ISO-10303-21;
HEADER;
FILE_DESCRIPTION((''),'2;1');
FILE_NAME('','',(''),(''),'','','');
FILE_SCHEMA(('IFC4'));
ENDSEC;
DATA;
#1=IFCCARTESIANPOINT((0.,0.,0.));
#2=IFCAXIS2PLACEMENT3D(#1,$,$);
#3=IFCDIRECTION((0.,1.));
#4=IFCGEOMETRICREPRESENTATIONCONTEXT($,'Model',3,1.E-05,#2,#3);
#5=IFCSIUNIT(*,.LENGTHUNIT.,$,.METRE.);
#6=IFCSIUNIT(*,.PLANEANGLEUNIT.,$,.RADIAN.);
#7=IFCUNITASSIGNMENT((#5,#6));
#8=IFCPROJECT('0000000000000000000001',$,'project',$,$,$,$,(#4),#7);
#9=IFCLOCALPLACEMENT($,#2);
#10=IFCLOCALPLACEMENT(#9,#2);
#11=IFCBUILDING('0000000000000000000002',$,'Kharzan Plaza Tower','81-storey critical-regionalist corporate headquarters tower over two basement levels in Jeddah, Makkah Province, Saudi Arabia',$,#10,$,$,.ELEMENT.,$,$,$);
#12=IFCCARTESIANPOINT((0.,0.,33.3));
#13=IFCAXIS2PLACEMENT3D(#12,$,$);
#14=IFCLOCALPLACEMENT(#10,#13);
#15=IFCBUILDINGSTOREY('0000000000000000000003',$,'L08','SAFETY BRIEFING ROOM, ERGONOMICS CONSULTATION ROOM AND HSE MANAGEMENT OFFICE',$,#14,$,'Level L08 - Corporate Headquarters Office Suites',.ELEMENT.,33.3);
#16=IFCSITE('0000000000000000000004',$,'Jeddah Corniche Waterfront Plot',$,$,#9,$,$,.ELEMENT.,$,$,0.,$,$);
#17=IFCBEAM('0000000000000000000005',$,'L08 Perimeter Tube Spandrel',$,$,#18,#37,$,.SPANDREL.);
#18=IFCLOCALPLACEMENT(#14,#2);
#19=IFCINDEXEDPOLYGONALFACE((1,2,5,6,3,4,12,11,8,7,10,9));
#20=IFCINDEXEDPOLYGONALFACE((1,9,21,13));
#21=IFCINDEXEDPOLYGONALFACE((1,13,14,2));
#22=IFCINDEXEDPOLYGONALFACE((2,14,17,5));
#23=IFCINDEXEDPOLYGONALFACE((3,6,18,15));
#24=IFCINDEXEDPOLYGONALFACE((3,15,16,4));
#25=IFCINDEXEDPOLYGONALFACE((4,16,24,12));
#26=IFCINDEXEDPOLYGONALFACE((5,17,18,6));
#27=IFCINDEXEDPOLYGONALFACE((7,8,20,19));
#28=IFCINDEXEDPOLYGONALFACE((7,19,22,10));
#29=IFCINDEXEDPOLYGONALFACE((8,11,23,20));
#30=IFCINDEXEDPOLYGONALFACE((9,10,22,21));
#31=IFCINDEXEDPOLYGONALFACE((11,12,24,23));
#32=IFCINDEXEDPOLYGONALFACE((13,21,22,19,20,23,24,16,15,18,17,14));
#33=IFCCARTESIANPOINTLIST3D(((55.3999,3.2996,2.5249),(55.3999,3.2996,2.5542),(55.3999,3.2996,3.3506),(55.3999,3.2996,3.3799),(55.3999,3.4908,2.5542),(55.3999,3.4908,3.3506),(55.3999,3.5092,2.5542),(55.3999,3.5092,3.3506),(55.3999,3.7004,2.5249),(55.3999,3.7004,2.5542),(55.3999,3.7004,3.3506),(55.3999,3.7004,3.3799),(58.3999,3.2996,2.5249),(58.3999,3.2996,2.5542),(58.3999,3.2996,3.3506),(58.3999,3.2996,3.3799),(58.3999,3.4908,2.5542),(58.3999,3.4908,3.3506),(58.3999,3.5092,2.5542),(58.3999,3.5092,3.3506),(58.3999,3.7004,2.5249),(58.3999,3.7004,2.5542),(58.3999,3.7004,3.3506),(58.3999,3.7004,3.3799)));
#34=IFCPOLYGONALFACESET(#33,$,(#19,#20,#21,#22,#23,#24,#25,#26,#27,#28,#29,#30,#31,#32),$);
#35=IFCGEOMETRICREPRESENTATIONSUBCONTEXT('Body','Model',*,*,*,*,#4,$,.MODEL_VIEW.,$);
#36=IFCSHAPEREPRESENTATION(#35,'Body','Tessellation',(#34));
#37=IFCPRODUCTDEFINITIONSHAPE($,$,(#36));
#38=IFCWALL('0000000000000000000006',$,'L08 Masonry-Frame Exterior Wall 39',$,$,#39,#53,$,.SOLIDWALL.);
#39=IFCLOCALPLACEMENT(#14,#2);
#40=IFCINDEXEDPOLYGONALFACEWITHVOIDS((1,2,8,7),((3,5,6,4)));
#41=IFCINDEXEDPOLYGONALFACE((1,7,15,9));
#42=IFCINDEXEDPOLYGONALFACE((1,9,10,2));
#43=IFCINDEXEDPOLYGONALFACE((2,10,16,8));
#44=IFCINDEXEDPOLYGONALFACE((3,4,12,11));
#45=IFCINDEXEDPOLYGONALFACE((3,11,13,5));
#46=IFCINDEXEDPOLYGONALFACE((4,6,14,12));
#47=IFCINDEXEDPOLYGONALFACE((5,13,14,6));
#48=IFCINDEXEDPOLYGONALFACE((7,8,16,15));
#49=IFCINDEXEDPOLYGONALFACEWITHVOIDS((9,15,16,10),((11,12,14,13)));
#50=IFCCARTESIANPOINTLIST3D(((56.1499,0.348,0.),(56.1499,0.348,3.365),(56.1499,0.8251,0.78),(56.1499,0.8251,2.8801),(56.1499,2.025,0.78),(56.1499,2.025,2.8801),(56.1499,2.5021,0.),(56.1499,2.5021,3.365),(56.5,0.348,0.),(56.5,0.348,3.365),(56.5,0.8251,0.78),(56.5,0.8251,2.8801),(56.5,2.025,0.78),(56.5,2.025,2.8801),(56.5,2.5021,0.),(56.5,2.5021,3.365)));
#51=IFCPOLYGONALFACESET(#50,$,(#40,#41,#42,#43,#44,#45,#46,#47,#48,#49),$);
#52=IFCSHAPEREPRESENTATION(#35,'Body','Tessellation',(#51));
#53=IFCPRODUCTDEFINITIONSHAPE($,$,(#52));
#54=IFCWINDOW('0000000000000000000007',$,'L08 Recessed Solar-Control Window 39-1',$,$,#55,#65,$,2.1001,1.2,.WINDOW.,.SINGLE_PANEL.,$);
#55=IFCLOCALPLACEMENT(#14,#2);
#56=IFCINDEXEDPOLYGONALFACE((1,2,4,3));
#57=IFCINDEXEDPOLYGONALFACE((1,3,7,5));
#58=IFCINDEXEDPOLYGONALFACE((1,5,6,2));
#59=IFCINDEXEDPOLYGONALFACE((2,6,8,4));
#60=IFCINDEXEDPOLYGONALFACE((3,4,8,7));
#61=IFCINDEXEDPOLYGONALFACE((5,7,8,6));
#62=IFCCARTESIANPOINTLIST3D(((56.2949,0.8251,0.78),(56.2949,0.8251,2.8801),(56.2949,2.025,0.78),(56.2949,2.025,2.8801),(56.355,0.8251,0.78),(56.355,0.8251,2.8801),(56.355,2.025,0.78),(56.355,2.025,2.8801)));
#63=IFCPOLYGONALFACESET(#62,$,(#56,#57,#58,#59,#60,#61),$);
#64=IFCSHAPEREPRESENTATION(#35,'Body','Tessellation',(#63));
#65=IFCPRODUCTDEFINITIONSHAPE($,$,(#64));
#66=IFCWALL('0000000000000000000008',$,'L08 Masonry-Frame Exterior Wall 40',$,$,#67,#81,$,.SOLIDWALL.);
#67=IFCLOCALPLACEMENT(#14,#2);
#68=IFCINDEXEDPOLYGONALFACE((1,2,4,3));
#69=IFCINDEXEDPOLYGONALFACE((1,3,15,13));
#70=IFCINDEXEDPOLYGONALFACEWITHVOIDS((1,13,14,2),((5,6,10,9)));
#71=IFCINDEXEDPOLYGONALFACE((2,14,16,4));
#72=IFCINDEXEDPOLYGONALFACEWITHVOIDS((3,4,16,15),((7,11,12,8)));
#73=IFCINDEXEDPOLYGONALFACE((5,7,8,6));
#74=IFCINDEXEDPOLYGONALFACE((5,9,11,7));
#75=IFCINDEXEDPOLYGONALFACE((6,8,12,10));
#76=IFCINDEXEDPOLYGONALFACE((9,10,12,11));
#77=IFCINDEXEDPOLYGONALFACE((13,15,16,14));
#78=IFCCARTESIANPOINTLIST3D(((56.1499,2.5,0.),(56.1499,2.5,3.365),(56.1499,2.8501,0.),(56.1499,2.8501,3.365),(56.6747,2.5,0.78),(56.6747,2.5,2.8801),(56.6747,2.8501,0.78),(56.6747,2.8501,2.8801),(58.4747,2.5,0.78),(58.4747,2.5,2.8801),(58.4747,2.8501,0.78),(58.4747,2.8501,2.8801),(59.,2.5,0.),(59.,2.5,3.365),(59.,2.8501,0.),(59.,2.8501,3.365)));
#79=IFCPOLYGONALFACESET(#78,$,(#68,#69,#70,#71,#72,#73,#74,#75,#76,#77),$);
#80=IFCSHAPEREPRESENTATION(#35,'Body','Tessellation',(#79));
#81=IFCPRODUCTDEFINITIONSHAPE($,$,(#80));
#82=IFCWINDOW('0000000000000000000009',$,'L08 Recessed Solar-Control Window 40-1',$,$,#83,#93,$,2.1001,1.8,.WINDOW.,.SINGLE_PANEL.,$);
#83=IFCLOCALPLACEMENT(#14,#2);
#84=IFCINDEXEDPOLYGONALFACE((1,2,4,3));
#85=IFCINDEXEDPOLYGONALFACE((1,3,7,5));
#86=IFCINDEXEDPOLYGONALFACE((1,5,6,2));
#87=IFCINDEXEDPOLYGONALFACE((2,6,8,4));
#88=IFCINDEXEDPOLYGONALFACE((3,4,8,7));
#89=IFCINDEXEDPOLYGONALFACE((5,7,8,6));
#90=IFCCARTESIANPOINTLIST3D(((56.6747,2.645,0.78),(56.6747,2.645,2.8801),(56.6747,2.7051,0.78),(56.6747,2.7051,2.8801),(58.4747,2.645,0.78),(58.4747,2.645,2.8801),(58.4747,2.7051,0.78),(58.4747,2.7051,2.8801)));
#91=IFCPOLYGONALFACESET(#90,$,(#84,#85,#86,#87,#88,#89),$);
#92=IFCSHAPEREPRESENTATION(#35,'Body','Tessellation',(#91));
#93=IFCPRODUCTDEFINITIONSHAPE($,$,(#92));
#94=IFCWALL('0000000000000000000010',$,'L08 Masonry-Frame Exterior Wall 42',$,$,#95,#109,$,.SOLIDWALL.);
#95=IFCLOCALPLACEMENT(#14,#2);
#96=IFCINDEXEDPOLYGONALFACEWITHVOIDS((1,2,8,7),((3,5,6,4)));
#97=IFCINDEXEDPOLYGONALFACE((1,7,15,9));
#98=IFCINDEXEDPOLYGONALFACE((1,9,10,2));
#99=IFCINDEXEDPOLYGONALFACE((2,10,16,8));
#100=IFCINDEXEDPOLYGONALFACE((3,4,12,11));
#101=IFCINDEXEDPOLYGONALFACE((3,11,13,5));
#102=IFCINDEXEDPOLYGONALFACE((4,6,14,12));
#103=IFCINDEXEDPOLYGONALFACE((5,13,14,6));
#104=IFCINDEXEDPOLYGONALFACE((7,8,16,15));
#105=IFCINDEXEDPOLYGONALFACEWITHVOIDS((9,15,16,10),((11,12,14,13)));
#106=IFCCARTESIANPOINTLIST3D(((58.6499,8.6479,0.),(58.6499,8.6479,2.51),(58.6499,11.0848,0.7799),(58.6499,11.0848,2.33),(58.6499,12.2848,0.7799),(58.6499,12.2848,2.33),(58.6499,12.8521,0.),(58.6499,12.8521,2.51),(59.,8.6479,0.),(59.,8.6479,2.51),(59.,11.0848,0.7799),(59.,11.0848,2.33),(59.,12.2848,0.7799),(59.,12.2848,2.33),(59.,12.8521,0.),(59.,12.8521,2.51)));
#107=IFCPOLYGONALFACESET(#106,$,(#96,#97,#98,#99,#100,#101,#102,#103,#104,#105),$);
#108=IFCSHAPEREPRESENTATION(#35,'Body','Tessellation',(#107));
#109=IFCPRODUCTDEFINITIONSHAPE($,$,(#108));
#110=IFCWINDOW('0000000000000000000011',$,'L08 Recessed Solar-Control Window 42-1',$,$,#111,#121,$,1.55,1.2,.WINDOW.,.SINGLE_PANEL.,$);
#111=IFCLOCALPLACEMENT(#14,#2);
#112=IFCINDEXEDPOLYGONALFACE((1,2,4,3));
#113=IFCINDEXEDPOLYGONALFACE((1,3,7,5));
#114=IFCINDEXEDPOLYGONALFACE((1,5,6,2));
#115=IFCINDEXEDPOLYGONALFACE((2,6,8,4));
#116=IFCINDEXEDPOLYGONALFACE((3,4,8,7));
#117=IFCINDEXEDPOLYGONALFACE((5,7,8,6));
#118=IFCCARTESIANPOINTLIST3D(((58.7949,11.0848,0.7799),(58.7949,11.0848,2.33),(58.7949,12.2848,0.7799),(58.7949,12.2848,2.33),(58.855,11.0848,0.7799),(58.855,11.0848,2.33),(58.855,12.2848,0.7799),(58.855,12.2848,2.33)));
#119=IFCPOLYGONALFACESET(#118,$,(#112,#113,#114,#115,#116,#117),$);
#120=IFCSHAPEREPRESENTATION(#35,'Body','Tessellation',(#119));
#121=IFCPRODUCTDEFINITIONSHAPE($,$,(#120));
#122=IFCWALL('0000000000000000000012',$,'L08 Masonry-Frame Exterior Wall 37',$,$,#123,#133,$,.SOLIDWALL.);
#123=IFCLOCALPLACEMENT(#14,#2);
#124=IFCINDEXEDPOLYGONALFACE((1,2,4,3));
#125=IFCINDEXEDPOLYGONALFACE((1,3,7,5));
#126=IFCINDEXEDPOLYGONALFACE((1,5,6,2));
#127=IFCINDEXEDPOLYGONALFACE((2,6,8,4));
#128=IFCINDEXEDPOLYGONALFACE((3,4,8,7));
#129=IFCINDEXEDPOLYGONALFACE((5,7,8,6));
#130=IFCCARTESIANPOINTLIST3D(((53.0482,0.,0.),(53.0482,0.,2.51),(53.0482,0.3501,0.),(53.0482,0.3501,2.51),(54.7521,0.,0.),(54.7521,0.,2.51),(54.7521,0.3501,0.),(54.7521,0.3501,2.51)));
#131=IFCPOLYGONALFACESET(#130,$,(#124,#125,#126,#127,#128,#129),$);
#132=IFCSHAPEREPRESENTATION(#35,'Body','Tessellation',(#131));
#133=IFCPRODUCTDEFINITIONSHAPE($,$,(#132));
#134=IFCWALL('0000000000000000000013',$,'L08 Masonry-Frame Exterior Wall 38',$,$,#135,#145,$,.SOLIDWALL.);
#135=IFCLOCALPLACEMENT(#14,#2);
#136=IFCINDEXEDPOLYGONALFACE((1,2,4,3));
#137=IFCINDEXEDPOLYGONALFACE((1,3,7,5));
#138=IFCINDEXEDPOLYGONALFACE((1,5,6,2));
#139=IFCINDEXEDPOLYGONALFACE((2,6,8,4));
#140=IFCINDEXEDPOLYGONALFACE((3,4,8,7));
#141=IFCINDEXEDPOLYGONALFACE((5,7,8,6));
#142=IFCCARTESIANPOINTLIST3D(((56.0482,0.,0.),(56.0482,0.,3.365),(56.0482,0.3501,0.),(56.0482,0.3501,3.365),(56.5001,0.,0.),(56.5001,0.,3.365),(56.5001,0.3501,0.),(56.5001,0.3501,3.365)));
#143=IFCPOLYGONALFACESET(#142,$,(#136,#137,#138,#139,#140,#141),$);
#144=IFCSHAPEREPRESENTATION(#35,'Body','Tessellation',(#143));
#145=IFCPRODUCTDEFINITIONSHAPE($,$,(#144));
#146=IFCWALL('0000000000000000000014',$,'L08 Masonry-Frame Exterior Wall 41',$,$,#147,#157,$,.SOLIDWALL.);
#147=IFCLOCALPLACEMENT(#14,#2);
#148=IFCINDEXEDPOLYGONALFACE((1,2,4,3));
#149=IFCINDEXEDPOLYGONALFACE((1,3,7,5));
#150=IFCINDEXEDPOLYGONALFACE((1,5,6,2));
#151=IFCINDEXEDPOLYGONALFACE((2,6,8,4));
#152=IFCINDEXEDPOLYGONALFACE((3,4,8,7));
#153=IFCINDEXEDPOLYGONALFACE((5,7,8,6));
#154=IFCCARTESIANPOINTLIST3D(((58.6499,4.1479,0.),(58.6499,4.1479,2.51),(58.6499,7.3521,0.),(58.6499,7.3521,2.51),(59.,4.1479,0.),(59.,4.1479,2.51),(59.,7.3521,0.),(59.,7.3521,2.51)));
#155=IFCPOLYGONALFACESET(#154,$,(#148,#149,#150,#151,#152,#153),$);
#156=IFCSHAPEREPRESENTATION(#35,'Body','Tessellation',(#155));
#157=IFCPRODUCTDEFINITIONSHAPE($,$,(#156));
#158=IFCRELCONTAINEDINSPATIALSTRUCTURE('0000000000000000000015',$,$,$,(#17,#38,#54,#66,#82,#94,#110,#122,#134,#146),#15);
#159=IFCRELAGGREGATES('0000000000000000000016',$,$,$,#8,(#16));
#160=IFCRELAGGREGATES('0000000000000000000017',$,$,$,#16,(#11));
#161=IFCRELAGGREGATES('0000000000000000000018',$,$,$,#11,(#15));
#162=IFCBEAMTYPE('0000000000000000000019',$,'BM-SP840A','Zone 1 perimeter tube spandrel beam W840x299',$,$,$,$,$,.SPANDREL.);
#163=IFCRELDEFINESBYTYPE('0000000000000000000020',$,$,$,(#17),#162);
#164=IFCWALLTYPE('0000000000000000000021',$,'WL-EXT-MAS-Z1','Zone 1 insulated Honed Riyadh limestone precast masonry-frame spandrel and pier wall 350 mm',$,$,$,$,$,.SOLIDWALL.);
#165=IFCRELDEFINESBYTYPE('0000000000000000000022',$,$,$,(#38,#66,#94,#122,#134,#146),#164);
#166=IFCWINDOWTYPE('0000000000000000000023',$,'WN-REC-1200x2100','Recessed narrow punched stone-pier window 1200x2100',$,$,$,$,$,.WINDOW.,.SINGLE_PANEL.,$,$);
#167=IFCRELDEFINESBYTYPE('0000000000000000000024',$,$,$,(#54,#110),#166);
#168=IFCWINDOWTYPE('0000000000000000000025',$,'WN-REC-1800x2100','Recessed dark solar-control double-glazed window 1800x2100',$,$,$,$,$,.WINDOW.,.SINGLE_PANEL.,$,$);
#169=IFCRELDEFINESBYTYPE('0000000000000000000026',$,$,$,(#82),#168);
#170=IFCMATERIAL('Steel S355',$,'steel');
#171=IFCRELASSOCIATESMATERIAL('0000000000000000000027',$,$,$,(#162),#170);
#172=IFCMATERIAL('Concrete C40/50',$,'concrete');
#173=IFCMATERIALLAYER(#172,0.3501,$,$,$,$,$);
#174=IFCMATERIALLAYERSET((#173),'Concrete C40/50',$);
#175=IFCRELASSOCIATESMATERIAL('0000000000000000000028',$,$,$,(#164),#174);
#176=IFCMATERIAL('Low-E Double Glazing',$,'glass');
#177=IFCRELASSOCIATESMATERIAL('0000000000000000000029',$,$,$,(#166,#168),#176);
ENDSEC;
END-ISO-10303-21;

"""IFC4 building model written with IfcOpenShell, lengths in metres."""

from ifc_helpers import new_model, si_unit, direction, frame, frame_2d, origin, origin_2d, place, context, subcontext, project, spatial, rectangle, i_section, extrude, source, transform, mapped, material, layer, layer_set, material_profile, profile_set, type_object, element, fill, save


model = new_model("IFC4")

# Units and contexts
model_context = context("Model", 3, precision=1e-05, world=origin(), true_north=direction((0.0, 1.0)))
body_context = subcontext(model_context, "Body", "Model", "MODEL_VIEW")
ifc_project = project(units=[si_unit("LENGTHUNIT", "METRE"), si_unit("PLANEANGLEUNIT", "RADIAN")], contexts=[model_context])

# Site, building, storey
site_placement = place(None, origin())
site = spatial("IfcSite", under=ifc_project, at=site_placement, Name="Jeddah Corniche Waterfront Plot", CompositionType="ELEMENT", RefElevation=0.0)
building_placement = place(site_placement, origin())
building = spatial("IfcBuilding", under=site, at=building_placement, Name="Kharzan Plaza Tower", Description="81-storey critical-regionalist corporate headquarters tower over two basement levels in Jeddah, Makkah Province, Saudi Arabia", CompositionType="ELEMENT")
storey_placement = place(building_placement, frame((0.0, 0.0, 33.3)))
storey = spatial("IfcBuildingStorey", under=building, at=storey_placement, Name="L08", Description="SAFETY BRIEFING ROOM, ERGONOMICS CONSULTATION ROOM AND HSE MANAGEMENT OFFICE", LongName="Level L08 - Corporate Headquarters Office Suites", CompositionType="ELEMENT", Elevation=33.3)

# Beam
ifc_material_1 = material(Name="Steel S355", Category="steel")
ifc_material_profile_1 = material_profile(ifc_material_1, i_section(OverallWidth=0.4009, OverallDepth=0.855, WebThickness=0.0183, FlangeThickness=0.0293, at=origin_2d()), Name="W840x299")
ifc_profile_set_1 = profile_set([ifc_material_profile_1], Name="Steel S355")
beam_type_1 = type_object("IfcBeamType", Name="BM-SP840A", Description="Zone 1 perimeter tube spandrel beam W840x299", PredefinedType="SPANDREL", material=ifc_profile_set_1)
shared_shape_1 = source(origin(), body_context, "Body", "SweptSolid", [
    extrude(i_section(OverallWidth=0.4009, OverallDepth=0.855, WebThickness=0.0183, FlangeThickness=0.0293, at=origin_2d()), origin(), (0.0, 0.0, 1.0), 3.0),
])
for number, where, z_axis, x_axis, name in (
    (1, (55.3999, 3.5, 2.9524), (1.0, 0.0, 0.0), (0.0, 1.0, 0.0), "L08 Perimeter Tube Spandrel"),
):
    element("IfcBeam", number, at=place(storey_placement, frame(where, z_axis=z_axis, x_axis=x_axis)), inside=storey, type_object=beam_type_1, Name=name, PredefinedType="SPANDREL", context=body_context, shape_type="MappedRepresentation", body=[
        mapped(shared_shape_1, transform((0.0, 0.0, 0.0), x_axis=(1.0, 0.0, 0.0), y_axis=(0.0, 1.0, 0.0), z_axis=(0.0, 0.0, 1.0))),
    ])

# Walls, openings, windows
ifc_material_2 = material(Name="Concrete C40/50", Category="concrete")
ifc_layer = layer(ifc_material_2, 0.3501)
ifc_layer_set = layer_set([ifc_layer], Name="Concrete C40/50")
wall_type = type_object("IfcWallType", Name="WL-EXT-MAS-Z1", Description="Zone 1 insulated Honed Riyadh limestone precast masonry-frame spandrel and pier wall 350 mm", PredefinedType="SOLIDWALL", material=ifc_layer_set)
wall_1_placement = place(storey_placement, frame((56.325, 0.3479, 0.0), z_axis=(0.0, 0.0, 1.0), x_axis=(0.0, 1.0, 0.0)))
wall_1 = element("IfcWall", 2, at=wall_1_placement, inside=storey, type_object=wall_type, Name="L08 Masonry-Frame Exterior Wall 39", PredefinedType="SOLIDWALL", context=body_context, shape_type="SweptSolid", body=[
    extrude(rectangle(XDim=2.1541, YDim=0.3501, at=frame_2d((1.0771, 0.0))), origin(), (0.0, 0.0, 1.0), 3.365),
])
opening_1_placement = place(wall_1_placement, frame((0.4771, 0.0, 0.78)))
opening_1 = element("IfcOpeningElement", 3, at=opening_1_placement, cuts=wall_1, PredefinedType="OPENING", context=body_context, shape_type="SweptSolid", body=[
    extrude(rectangle(XDim=1.2, YDim=2.1001, at=frame_2d((0.6001, 1.05))), frame((0.0, 0.1851, 0.0), z_axis=(0.0, -1.0, 0.0), x_axis=(1.0, 0.0, 0.0)), (0.0, 0.0, 1.0), 0.3701),
])
ifc_material_3 = material(Name="Low-E Double Glazing", Category="glass")
window_type_1 = type_object("IfcWindowType", Name="WN-REC-1200x2100", Description="Recessed narrow punched stone-pier window 1200x2100", PartitioningType="SINGLE_PANEL", PredefinedType="WINDOW", material=ifc_material_3)
shared_shape_2 = source(origin(), body_context, "Body", "SweptSolid", [
    extrude(rectangle(XDim=1.2, YDim=2.1001, at=frame_2d((0.6001, 1.05))), frame((0.0, 0.03, 0.0), z_axis=(0.0, -1.0, 0.0), x_axis=(1.0, 0.0, 0.0)), (0.0, 0.0, 1.0), 0.0601),
])
window_1_placement = place(opening_1_placement, origin())
window_1 = element("IfcWindow", 4, at=window_1_placement, inside=storey, type_object=window_type_1, Name="L08 Recessed Solar-Control Window 39-1", OverallHeight=2.1001, OverallWidth=1.2, PartitioningType="SINGLE_PANEL", PredefinedType="WINDOW", context=body_context, shape_type="MappedRepresentation", body=[
    mapped(shared_shape_2, transform((0.0, 0.0, 0.0), x_axis=(1.0, 0.0, 0.0), y_axis=(0.0, 1.0, 0.0), z_axis=(0.0, 0.0, 1.0))),
])
fill(opening_1, window_1)
wall_2_placement = place(storey_placement, frame((56.1499, 2.675, 0.0), z_axis=(0.0, 0.0, 1.0), x_axis=(1.0, 0.0, 0.0)))
wall_2 = element("IfcWall", 5, at=wall_2_placement, inside=storey, type_object=wall_type, Name="L08 Masonry-Frame Exterior Wall 40", PredefinedType="SOLIDWALL", context=body_context, shape_type="SweptSolid", body=[
    extrude(rectangle(XDim=2.8501, YDim=0.3501, at=frame_2d((1.425, 0.0))), origin(), (0.0, 0.0, 1.0), 3.365),
])
opening_2_placement = place(wall_2_placement, frame((0.5249, 0.0, 0.78)))
opening_2 = element("IfcOpeningElement", 6, at=opening_2_placement, cuts=wall_2, PredefinedType="OPENING", context=body_context, shape_type="SweptSolid", body=[
    extrude(rectangle(XDim=1.8, YDim=2.1001, at=frame_2d((0.8999, 1.05))), frame((0.0, 0.1851, 0.0), z_axis=(0.0, -1.0, 0.0), x_axis=(1.0, 0.0, 0.0)), (0.0, 0.0, 1.0), 0.3701),
])
window_type_2 = type_object("IfcWindowType", Name="WN-REC-1800x2100", Description="Recessed dark solar-control double-glazed window 1800x2100", PartitioningType="SINGLE_PANEL", PredefinedType="WINDOW", material=ifc_material_3)
shared_shape_3 = source(origin(), body_context, "Body", "SweptSolid", [
    extrude(rectangle(XDim=1.8, YDim=2.1001, at=frame_2d((0.8999, 1.05))), frame((0.0, 0.03, 0.0), z_axis=(0.0, -1.0, 0.0), x_axis=(1.0, 0.0, 0.0)), (0.0, 0.0, 1.0), 0.0601),
])
window_2_placement = place(opening_2_placement, origin())
window_2 = element("IfcWindow", 7, at=window_2_placement, inside=storey, type_object=window_type_2, Name="L08 Recessed Solar-Control Window 40-1", OverallHeight=2.1001, OverallWidth=1.8, PartitioningType="SINGLE_PANEL", PredefinedType="WINDOW", context=body_context, shape_type="MappedRepresentation", body=[
    mapped(shared_shape_3, transform((0.0, 0.0, 0.0), x_axis=(1.0, 0.0, 0.0), y_axis=(0.0, 1.0, 0.0), z_axis=(0.0, 0.0, 1.0))),
])
fill(opening_2, window_2)
wall_3_placement = place(storey_placement, frame((58.825, 8.6479, 0.0), z_axis=(0.0, 0.0, 1.0), x_axis=(0.0, 1.0, 0.0)))
wall_3 = element("IfcWall", 8, at=wall_3_placement, inside=storey, type_object=wall_type, Name="L08 Masonry-Frame Exterior Wall 42", PredefinedType="SOLIDWALL", context=body_context, shape_type="SweptSolid", body=[
    extrude(rectangle(XDim=4.2041, YDim=0.3501, at=frame_2d((2.1021, 0.0))), origin(), (0.0, 0.0, 1.0), 2.51),
])
opening_3_placement = place(wall_3_placement, frame((2.4368, 0.0, 0.78)))
opening_3 = element("IfcOpeningElement", 9, at=opening_3_placement, cuts=wall_3, PredefinedType="OPENING", context=body_context, shape_type="SweptSolid", body=[
    extrude(rectangle(XDim=1.2, YDim=1.55, at=frame_2d((0.6001, 0.7749))), frame((0.0, 0.1851, 0.0), z_axis=(0.0, -1.0, 0.0), x_axis=(1.0, 0.0, 0.0)), (0.0, 0.0, 1.0), 0.3701),
])
shared_shape_4 = source(origin(), body_context, "Body", "SweptSolid", [
    extrude(rectangle(XDim=1.2, YDim=1.55, at=frame_2d((0.6001, 0.7749))), frame((0.0, 0.03, 0.0), z_axis=(0.0, -1.0, 0.0), x_axis=(1.0, 0.0, 0.0)), (0.0, 0.0, 1.0), 0.0601),
])
window_3_placement = place(opening_3_placement, origin())
window_3 = element("IfcWindow", 10, at=window_3_placement, inside=storey, type_object=window_type_1, Name="L08 Recessed Solar-Control Window 42-1", OverallHeight=1.55, OverallWidth=1.2, PartitioningType="SINGLE_PANEL", PredefinedType="WINDOW", context=body_context, shape_type="MappedRepresentation", body=[
    mapped(shared_shape_4, transform((0.0, 0.0, 0.0), x_axis=(1.0, 0.0, 0.0), y_axis=(0.0, 1.0, 0.0), z_axis=(0.0, 0.0, 1.0))),
])
fill(opening_3, window_3)

# Walls
shared_shape_5 = source(origin(), body_context, "Body", "SweptSolid", [
    extrude(rectangle(XDim=1.7039, YDim=0.3501, at=frame_2d((0.8521, 0.0))), origin(), (0.0, 0.0, 1.0), 2.51),
])
wall_4_placement = place(storey_placement, frame((53.0481, 0.175, 0.0), z_axis=(0.0, 0.0, 1.0), x_axis=(1.0, 0.0, 0.0)))
element("IfcWall", 11, at=wall_4_placement, inside=storey, type_object=wall_type, Name="L08 Masonry-Frame Exterior Wall 37", PredefinedType="SOLIDWALL", context=body_context, shape_type="MappedRepresentation", body=[
    mapped(shared_shape_5, transform((0.0, 0.0, 0.0), x_axis=(1.0, 0.0, 0.0), y_axis=(0.0, 1.0, 0.0), z_axis=(0.0, 0.0, 1.0))),
])
shared_shape_6 = source(origin(), body_context, "Body", "SweptSolid", [
    extrude(rectangle(XDim=0.4519, YDim=0.3501, at=frame_2d((0.2261, 0.0))), origin(), (0.0, 0.0, 1.0), 3.365),
])
wall_5_placement = place(storey_placement, frame((56.0481, 0.175, 0.0), z_axis=(0.0, 0.0, 1.0), x_axis=(1.0, 0.0, 0.0)))
element("IfcWall", 12, at=wall_5_placement, inside=storey, type_object=wall_type, Name="L08 Masonry-Frame Exterior Wall 38", PredefinedType="SOLIDWALL", context=body_context, shape_type="MappedRepresentation", body=[
    mapped(shared_shape_6, transform((0.0, 0.0, 0.0), x_axis=(1.0, 0.0, 0.0), y_axis=(0.0, 1.0, 0.0), z_axis=(0.0, 0.0, 1.0))),
])
shared_shape_7 = source(origin(), body_context, "Body", "SweptSolid", [
    extrude(rectangle(XDim=3.2041, YDim=0.3501, at=frame_2d((1.6021, 0.0))), origin(), (0.0, 0.0, 1.0), 2.51),
])
wall_6_placement = place(storey_placement, frame((58.825, 4.1479, 0.0), z_axis=(0.0, 0.0, 1.0), x_axis=(0.0, 1.0, 0.0)))
element("IfcWall", 13, at=wall_6_placement, inside=storey, type_object=wall_type, Name="L08 Masonry-Frame Exterior Wall 41", PredefinedType="SOLIDWALL", context=body_context, shape_type="MappedRepresentation", body=[
    mapped(shared_shape_7, transform((0.0, 0.0, 0.0), x_axis=(1.0, 0.0, 0.0), y_axis=(0.0, 1.0, 0.0), z_axis=(0.0, 0.0, 1.0))),
])

save(model, "model.ifc")
